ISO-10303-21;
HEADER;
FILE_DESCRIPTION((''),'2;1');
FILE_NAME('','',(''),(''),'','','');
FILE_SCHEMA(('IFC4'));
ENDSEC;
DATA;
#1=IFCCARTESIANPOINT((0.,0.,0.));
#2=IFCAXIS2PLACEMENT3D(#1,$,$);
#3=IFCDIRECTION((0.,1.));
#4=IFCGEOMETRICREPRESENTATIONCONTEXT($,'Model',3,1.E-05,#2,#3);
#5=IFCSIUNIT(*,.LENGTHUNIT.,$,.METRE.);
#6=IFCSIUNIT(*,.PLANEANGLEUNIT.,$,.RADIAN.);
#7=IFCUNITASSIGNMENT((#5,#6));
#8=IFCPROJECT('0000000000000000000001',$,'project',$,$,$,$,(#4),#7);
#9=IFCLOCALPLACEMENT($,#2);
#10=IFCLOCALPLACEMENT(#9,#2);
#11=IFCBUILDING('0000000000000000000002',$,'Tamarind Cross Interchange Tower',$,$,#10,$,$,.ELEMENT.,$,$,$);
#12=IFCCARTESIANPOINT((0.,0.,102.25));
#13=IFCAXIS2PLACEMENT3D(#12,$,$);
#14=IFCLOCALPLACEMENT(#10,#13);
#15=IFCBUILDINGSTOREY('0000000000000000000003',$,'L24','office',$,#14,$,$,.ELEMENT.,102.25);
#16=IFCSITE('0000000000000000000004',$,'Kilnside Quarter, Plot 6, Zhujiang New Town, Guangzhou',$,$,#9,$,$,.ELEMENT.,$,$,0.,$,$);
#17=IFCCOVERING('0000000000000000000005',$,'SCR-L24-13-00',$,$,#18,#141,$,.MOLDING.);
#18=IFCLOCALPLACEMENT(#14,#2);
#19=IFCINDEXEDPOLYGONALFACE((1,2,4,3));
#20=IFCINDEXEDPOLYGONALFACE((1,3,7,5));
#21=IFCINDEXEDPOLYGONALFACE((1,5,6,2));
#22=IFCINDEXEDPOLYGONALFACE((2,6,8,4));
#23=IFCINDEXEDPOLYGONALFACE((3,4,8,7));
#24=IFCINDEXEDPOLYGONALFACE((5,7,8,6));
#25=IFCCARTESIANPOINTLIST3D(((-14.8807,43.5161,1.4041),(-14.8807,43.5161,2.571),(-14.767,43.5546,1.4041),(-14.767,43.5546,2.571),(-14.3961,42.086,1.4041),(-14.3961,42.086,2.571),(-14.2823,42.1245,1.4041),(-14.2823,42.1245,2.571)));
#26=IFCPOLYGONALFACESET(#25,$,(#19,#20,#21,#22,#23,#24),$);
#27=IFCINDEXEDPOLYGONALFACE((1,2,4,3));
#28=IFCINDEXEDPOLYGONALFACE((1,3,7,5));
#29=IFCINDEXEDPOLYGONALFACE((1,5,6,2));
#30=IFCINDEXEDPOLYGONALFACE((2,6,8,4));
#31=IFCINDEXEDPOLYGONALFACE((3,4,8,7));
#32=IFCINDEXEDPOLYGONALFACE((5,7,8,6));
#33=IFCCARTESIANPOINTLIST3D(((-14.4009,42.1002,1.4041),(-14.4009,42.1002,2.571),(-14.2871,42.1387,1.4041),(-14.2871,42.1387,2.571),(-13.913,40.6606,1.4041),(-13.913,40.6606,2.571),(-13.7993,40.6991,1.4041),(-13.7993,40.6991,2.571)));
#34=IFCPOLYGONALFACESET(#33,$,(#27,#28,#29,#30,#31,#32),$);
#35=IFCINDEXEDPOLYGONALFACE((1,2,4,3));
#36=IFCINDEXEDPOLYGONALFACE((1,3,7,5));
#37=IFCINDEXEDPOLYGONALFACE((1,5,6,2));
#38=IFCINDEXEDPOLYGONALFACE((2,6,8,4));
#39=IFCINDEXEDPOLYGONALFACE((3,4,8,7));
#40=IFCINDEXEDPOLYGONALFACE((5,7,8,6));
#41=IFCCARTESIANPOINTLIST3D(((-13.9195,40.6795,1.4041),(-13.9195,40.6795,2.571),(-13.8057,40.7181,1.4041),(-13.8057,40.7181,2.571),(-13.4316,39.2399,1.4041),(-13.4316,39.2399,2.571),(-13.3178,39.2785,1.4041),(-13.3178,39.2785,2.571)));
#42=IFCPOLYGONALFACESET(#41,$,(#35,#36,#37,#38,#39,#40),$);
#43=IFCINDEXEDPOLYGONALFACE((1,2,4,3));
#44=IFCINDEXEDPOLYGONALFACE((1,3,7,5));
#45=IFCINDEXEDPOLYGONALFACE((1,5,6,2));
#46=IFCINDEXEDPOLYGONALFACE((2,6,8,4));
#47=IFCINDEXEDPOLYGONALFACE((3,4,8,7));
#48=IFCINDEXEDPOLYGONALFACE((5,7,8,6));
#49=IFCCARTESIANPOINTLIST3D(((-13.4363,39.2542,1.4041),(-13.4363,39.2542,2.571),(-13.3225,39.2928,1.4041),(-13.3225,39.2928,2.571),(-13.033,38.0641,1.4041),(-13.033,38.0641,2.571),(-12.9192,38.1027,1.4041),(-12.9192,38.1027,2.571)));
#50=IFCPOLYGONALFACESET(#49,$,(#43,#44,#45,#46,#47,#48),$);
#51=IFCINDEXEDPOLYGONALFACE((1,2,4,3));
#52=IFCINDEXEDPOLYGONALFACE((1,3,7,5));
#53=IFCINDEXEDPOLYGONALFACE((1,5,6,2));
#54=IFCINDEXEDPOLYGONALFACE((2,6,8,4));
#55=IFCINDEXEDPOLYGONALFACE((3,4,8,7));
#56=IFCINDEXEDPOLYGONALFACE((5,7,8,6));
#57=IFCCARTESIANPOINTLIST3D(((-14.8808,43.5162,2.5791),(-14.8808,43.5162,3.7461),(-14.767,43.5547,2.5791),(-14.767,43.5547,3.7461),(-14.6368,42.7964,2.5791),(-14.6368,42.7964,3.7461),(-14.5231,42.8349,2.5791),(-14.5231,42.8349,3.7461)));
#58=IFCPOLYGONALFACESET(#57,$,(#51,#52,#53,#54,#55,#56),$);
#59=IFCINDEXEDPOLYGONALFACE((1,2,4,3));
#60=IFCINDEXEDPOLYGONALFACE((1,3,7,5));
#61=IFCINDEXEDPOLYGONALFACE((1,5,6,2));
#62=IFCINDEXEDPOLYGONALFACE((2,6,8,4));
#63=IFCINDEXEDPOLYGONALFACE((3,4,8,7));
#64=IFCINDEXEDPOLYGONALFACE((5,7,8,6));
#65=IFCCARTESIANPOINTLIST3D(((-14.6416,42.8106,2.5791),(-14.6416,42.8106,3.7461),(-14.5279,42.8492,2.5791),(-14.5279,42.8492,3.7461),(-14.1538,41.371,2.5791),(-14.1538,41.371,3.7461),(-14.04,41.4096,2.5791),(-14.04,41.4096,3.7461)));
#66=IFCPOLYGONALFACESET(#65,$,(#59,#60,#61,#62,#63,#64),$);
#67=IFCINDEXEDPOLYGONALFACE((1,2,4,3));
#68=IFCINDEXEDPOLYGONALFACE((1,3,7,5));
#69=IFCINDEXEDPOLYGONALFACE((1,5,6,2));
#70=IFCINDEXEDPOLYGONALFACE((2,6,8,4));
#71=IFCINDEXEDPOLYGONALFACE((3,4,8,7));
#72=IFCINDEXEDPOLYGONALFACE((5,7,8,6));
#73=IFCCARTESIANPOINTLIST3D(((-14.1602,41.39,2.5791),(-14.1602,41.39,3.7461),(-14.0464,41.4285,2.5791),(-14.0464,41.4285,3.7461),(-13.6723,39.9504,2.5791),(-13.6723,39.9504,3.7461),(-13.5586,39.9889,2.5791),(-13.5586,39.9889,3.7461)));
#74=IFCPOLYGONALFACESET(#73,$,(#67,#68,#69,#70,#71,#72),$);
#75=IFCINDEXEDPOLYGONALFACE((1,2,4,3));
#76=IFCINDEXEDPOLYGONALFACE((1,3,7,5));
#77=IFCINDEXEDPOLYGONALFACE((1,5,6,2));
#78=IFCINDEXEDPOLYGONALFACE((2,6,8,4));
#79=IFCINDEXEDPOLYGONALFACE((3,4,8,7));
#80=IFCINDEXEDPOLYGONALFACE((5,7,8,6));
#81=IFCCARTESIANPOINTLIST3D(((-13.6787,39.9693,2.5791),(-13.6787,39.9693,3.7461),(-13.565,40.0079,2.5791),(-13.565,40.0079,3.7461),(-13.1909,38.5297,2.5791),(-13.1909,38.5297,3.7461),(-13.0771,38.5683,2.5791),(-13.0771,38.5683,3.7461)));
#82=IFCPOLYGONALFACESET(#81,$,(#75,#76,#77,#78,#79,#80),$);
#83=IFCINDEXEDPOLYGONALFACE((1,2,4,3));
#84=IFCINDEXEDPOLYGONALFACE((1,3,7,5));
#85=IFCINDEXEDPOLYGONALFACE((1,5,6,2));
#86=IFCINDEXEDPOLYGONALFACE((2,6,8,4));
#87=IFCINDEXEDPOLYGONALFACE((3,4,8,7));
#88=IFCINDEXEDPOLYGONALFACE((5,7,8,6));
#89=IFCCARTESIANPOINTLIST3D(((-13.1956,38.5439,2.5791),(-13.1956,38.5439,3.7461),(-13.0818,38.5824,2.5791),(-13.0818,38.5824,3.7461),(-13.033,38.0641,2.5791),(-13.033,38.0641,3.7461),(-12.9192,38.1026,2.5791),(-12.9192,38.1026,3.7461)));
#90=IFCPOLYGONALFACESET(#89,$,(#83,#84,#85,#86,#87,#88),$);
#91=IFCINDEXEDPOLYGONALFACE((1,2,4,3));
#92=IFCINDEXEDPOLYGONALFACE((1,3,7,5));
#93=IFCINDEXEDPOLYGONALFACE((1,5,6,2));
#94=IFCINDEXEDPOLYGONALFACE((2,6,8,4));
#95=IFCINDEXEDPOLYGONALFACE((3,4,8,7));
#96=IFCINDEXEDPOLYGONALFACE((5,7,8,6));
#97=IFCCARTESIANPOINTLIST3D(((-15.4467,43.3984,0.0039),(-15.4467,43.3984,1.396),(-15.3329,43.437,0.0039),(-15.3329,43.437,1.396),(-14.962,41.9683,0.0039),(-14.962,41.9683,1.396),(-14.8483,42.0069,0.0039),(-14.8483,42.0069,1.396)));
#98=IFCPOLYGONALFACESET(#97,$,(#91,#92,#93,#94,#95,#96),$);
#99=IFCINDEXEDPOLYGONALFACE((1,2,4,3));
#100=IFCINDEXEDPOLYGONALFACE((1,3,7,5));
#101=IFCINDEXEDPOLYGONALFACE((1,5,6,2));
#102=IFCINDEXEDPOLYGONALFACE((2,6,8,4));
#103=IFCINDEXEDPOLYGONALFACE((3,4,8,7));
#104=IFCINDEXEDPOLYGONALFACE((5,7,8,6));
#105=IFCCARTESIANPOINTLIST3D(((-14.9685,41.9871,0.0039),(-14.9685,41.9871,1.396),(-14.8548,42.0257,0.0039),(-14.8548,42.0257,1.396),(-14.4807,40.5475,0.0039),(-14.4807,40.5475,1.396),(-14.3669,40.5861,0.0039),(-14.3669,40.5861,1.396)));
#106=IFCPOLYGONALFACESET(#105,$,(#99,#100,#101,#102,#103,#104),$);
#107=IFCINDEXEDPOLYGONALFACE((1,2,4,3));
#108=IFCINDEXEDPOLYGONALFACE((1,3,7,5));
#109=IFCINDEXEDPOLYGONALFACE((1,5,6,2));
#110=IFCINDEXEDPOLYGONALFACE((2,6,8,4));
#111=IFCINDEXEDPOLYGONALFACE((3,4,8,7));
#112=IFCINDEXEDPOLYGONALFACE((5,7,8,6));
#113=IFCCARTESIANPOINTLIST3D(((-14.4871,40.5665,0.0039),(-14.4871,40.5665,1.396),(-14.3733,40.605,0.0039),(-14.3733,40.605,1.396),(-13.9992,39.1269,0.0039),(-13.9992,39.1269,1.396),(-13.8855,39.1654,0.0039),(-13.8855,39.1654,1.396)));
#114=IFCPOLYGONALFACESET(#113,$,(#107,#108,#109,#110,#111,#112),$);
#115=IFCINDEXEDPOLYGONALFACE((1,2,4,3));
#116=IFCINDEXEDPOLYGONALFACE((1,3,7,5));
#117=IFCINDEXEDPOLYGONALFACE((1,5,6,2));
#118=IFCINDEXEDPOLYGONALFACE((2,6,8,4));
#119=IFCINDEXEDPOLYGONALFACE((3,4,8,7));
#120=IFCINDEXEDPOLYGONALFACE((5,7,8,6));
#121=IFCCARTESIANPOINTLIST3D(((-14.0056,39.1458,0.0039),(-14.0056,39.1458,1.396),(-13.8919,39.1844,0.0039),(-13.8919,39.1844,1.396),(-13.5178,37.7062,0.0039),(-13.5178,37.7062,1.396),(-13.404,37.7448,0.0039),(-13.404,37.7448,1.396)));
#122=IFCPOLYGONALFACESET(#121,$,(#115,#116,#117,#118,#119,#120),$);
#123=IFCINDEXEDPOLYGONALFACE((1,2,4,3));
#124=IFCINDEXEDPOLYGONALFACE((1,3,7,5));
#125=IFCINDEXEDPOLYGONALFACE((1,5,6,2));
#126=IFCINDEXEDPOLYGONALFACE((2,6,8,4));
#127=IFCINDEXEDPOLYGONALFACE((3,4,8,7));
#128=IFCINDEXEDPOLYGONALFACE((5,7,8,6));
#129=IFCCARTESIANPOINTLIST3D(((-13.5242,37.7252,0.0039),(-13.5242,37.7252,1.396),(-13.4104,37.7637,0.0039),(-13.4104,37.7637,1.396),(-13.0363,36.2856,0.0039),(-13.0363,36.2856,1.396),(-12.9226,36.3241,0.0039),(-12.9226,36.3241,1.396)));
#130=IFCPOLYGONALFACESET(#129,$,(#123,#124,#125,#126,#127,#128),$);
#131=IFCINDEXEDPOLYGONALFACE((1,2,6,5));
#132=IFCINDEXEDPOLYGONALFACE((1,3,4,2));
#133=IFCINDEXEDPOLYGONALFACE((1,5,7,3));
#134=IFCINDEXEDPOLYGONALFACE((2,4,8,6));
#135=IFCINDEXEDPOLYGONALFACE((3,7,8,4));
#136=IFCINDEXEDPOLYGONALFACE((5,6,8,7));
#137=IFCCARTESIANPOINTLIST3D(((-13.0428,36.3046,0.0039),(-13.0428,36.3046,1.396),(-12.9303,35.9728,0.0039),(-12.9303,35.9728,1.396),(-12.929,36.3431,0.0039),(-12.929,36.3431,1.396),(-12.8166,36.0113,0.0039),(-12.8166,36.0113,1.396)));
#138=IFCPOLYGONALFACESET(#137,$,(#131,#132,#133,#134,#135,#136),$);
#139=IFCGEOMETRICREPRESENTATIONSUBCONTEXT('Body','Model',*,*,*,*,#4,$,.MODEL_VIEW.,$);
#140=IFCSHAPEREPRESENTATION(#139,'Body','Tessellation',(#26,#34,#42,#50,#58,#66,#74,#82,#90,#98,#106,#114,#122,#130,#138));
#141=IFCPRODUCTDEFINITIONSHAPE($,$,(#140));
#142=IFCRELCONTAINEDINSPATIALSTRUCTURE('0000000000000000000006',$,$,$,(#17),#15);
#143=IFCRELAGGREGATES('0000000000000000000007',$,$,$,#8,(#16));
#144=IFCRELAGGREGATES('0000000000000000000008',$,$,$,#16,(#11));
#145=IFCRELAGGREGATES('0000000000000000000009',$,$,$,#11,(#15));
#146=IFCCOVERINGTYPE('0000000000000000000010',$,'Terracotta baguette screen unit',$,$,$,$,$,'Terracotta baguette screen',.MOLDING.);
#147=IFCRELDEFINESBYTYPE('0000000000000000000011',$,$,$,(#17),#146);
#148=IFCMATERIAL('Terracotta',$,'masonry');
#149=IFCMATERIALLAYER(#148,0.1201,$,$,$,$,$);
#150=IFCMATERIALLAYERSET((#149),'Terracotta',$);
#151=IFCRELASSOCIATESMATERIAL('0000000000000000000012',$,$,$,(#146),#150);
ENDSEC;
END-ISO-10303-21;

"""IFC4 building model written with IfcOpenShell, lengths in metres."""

from ifc_helpers import new_model, si_unit, direction, frame, origin, origin_2d, place, context, subcontext, project, spatial, rectangle, extrude, material, layer, layer_set, type_object, element, save


model = new_model("IFC4")

# Units and contexts
model_context = context("Model", 3, precision=1e-05, world=origin(), true_north=direction((0.0, 1.0)))
body_context = subcontext(model_context, "Body", "Model", "MODEL_VIEW")
ifc_project = project(units=[si_unit("LENGTHUNIT", "METRE"), si_unit("PLANEANGLEUNIT", "RADIAN")], contexts=[model_context])

# Site, building, storey
site_placement = place(None, origin())
site = spatial("IfcSite", under=ifc_project, at=site_placement, Name="Kilnside Quarter, Plot 6, Zhujiang New Town, Guangzhou", CompositionType="ELEMENT", RefElevation=0.0)
building_placement = place(site_placement, origin())
building = spatial("IfcBuilding", under=site, at=building_placement, Name="Tamarind Cross Interchange Tower", CompositionType="ELEMENT")
storey_placement = place(building_placement, frame((0.0, 0.0, 102.25)))
storey = spatial("IfcBuildingStorey", under=building, at=storey_placement, Name="L24", Description="office", CompositionType="ELEMENT", Elevation=102.25)

# Covering
ifc_material_1 = material(Name="Terracotta", Category="masonry")
ifc_layer_1 = layer(ifc_material_1, 0.1201)
ifc_layer_set_1 = layer_set([ifc_layer_1], Name="Terracotta")
covering_type = type_object("IfcCoveringType", Name="Terracotta baguette screen unit", ElementType="Terracotta baguette screen", PredefinedType="MOLDING", material=ifc_layer_set_1)
covering_1_placement = place(storey_placement, origin())
element("IfcCovering", 1, at=covering_1_placement, inside=storey, type_object=covering_type, Name="SCR-L24-13-00", PredefinedType="MOLDING", context=body_context, shape_type="SweptSolid", body=[
    extrude(rectangle(XDim=1.51, YDim=0.1201, at=origin_2d()), frame((-14.5815, 42.8203, 1.4041), z_axis=(0.0, 0.0, 1.0), x_axis=(0.320959, -0.947093, 0.0)), (0.0, 0.0, 1.0), 1.167),
    extrude(rectangle(XDim=1.52, YDim=0.1201, at=origin_2d()), frame((-14.1001, 41.3997, 1.4041), z_axis=(0.0, 0.0, 1.0), x_axis=(0.320959, -0.947093, 0.0)), (0.0, 0.0, 1.0), 1.167),
    extrude(rectangle(XDim=1.52, YDim=0.1201, at=origin_2d()), frame((-13.6187, 39.979, 1.4041), z_axis=(0.0, 0.0, 1.0), x_axis=(0.320959, -0.947093, 0.0)), (0.0, 0.0, 1.0), 1.167),
    extrude(rectangle(XDim=1.2566, YDim=0.1201, at=origin_2d()), frame((-13.1777, 38.6785, 1.4041), z_axis=(0.0, 0.0, 1.0), x_axis=(0.320959, -0.947093, 0.0)), (0.0, 0.0, 1.0), 1.167),
    extrude(rectangle(XDim=0.76, YDim=0.1201, at=origin_2d()), frame((-14.7019, 43.1755, 2.5791), z_axis=(0.0, 0.0, 1.0), x_axis=(0.320959, -0.947093, 0.0)), (0.0, 0.0, 1.0), 1.167),
    extrude(rectangle(XDim=1.52, YDim=0.1201, at=origin_2d()), frame((-14.3408, 42.1101, 2.5791), z_axis=(0.0, 0.0, 1.0), x_axis=(0.320959, -0.947093, 0.0)), (0.0, 0.0, 1.0), 1.167),
    extrude(rectangle(XDim=1.52, YDim=0.1201, at=origin_2d()), frame((-13.8594, 40.6895, 2.5791), z_axis=(0.0, 0.0, 1.0), x_axis=(0.320959, -0.947093, 0.0)), (0.0, 0.0, 1.0), 1.167),
    extrude(rectangle(XDim=1.52, YDim=0.1201, at=origin_2d()), frame((-13.3779, 39.2688, 2.5791), z_axis=(0.0, 0.0, 1.0), x_axis=(0.320959, -0.947093, 0.0)), (0.0, 0.0, 1.0), 1.167),
    extrude(rectangle(XDim=0.5066, YDim=0.1201, at=origin_2d()), frame((-13.0574, 38.3232, 2.5791), z_axis=(0.0, 0.0, 1.0), x_axis=(0.320959, -0.947093, 0.0)), (0.0, 0.0, 1.0), 1.167),
    extrude(rectangle(XDim=1.51, YDim=0.1201, at=origin_2d()), frame((-15.1475, 42.7026, 0.0039), z_axis=(0.0, 0.0, 1.0), x_axis=(0.320959, -0.947093, 0.0)), (0.0, 0.0, 1.0), 1.3921),
    extrude(rectangle(XDim=1.52, YDim=0.1201, at=origin_2d()), frame((-14.6677, 41.2866, 0.0039), z_axis=(0.0, 0.0, 1.0), x_axis=(0.320959, -0.947093, 0.0)), (0.0, 0.0, 1.0), 1.3921),
    extrude(rectangle(XDim=1.52, YDim=0.1201, at=origin_2d()), frame((-14.1863, 39.866, 0.0039), z_axis=(0.0, 0.0, 1.0), x_axis=(0.320959, -0.947093, 0.0)), (0.0, 0.0, 1.0), 1.3921),
    extrude(rectangle(XDim=1.52, YDim=0.1201, at=origin_2d()), frame((-13.7048, 38.4453, 0.0039), z_axis=(0.0, 0.0, 1.0), x_axis=(0.320959, -0.947093, 0.0)), (0.0, 0.0, 1.0), 1.3921),
    extrude(rectangle(XDim=1.52, YDim=0.1201, at=origin_2d()), frame((-13.2234, 37.0247, 0.0039), z_axis=(0.0, 0.0, 1.0), x_axis=(0.320959, -0.947093, 0.0)), (0.0, 0.0, 1.0), 1.3921),
    extrude(rectangle(XDim=0.3503, YDim=0.1201, at=origin_2d()), frame((-12.9297, 36.158, 0.0039), z_axis=(0.0, 0.0, 1.0), x_axis=(0.320959, -0.947093, 0.0)), (0.0, 0.0, 1.0), 1.3921),
])

save(model, "model.ifc")
